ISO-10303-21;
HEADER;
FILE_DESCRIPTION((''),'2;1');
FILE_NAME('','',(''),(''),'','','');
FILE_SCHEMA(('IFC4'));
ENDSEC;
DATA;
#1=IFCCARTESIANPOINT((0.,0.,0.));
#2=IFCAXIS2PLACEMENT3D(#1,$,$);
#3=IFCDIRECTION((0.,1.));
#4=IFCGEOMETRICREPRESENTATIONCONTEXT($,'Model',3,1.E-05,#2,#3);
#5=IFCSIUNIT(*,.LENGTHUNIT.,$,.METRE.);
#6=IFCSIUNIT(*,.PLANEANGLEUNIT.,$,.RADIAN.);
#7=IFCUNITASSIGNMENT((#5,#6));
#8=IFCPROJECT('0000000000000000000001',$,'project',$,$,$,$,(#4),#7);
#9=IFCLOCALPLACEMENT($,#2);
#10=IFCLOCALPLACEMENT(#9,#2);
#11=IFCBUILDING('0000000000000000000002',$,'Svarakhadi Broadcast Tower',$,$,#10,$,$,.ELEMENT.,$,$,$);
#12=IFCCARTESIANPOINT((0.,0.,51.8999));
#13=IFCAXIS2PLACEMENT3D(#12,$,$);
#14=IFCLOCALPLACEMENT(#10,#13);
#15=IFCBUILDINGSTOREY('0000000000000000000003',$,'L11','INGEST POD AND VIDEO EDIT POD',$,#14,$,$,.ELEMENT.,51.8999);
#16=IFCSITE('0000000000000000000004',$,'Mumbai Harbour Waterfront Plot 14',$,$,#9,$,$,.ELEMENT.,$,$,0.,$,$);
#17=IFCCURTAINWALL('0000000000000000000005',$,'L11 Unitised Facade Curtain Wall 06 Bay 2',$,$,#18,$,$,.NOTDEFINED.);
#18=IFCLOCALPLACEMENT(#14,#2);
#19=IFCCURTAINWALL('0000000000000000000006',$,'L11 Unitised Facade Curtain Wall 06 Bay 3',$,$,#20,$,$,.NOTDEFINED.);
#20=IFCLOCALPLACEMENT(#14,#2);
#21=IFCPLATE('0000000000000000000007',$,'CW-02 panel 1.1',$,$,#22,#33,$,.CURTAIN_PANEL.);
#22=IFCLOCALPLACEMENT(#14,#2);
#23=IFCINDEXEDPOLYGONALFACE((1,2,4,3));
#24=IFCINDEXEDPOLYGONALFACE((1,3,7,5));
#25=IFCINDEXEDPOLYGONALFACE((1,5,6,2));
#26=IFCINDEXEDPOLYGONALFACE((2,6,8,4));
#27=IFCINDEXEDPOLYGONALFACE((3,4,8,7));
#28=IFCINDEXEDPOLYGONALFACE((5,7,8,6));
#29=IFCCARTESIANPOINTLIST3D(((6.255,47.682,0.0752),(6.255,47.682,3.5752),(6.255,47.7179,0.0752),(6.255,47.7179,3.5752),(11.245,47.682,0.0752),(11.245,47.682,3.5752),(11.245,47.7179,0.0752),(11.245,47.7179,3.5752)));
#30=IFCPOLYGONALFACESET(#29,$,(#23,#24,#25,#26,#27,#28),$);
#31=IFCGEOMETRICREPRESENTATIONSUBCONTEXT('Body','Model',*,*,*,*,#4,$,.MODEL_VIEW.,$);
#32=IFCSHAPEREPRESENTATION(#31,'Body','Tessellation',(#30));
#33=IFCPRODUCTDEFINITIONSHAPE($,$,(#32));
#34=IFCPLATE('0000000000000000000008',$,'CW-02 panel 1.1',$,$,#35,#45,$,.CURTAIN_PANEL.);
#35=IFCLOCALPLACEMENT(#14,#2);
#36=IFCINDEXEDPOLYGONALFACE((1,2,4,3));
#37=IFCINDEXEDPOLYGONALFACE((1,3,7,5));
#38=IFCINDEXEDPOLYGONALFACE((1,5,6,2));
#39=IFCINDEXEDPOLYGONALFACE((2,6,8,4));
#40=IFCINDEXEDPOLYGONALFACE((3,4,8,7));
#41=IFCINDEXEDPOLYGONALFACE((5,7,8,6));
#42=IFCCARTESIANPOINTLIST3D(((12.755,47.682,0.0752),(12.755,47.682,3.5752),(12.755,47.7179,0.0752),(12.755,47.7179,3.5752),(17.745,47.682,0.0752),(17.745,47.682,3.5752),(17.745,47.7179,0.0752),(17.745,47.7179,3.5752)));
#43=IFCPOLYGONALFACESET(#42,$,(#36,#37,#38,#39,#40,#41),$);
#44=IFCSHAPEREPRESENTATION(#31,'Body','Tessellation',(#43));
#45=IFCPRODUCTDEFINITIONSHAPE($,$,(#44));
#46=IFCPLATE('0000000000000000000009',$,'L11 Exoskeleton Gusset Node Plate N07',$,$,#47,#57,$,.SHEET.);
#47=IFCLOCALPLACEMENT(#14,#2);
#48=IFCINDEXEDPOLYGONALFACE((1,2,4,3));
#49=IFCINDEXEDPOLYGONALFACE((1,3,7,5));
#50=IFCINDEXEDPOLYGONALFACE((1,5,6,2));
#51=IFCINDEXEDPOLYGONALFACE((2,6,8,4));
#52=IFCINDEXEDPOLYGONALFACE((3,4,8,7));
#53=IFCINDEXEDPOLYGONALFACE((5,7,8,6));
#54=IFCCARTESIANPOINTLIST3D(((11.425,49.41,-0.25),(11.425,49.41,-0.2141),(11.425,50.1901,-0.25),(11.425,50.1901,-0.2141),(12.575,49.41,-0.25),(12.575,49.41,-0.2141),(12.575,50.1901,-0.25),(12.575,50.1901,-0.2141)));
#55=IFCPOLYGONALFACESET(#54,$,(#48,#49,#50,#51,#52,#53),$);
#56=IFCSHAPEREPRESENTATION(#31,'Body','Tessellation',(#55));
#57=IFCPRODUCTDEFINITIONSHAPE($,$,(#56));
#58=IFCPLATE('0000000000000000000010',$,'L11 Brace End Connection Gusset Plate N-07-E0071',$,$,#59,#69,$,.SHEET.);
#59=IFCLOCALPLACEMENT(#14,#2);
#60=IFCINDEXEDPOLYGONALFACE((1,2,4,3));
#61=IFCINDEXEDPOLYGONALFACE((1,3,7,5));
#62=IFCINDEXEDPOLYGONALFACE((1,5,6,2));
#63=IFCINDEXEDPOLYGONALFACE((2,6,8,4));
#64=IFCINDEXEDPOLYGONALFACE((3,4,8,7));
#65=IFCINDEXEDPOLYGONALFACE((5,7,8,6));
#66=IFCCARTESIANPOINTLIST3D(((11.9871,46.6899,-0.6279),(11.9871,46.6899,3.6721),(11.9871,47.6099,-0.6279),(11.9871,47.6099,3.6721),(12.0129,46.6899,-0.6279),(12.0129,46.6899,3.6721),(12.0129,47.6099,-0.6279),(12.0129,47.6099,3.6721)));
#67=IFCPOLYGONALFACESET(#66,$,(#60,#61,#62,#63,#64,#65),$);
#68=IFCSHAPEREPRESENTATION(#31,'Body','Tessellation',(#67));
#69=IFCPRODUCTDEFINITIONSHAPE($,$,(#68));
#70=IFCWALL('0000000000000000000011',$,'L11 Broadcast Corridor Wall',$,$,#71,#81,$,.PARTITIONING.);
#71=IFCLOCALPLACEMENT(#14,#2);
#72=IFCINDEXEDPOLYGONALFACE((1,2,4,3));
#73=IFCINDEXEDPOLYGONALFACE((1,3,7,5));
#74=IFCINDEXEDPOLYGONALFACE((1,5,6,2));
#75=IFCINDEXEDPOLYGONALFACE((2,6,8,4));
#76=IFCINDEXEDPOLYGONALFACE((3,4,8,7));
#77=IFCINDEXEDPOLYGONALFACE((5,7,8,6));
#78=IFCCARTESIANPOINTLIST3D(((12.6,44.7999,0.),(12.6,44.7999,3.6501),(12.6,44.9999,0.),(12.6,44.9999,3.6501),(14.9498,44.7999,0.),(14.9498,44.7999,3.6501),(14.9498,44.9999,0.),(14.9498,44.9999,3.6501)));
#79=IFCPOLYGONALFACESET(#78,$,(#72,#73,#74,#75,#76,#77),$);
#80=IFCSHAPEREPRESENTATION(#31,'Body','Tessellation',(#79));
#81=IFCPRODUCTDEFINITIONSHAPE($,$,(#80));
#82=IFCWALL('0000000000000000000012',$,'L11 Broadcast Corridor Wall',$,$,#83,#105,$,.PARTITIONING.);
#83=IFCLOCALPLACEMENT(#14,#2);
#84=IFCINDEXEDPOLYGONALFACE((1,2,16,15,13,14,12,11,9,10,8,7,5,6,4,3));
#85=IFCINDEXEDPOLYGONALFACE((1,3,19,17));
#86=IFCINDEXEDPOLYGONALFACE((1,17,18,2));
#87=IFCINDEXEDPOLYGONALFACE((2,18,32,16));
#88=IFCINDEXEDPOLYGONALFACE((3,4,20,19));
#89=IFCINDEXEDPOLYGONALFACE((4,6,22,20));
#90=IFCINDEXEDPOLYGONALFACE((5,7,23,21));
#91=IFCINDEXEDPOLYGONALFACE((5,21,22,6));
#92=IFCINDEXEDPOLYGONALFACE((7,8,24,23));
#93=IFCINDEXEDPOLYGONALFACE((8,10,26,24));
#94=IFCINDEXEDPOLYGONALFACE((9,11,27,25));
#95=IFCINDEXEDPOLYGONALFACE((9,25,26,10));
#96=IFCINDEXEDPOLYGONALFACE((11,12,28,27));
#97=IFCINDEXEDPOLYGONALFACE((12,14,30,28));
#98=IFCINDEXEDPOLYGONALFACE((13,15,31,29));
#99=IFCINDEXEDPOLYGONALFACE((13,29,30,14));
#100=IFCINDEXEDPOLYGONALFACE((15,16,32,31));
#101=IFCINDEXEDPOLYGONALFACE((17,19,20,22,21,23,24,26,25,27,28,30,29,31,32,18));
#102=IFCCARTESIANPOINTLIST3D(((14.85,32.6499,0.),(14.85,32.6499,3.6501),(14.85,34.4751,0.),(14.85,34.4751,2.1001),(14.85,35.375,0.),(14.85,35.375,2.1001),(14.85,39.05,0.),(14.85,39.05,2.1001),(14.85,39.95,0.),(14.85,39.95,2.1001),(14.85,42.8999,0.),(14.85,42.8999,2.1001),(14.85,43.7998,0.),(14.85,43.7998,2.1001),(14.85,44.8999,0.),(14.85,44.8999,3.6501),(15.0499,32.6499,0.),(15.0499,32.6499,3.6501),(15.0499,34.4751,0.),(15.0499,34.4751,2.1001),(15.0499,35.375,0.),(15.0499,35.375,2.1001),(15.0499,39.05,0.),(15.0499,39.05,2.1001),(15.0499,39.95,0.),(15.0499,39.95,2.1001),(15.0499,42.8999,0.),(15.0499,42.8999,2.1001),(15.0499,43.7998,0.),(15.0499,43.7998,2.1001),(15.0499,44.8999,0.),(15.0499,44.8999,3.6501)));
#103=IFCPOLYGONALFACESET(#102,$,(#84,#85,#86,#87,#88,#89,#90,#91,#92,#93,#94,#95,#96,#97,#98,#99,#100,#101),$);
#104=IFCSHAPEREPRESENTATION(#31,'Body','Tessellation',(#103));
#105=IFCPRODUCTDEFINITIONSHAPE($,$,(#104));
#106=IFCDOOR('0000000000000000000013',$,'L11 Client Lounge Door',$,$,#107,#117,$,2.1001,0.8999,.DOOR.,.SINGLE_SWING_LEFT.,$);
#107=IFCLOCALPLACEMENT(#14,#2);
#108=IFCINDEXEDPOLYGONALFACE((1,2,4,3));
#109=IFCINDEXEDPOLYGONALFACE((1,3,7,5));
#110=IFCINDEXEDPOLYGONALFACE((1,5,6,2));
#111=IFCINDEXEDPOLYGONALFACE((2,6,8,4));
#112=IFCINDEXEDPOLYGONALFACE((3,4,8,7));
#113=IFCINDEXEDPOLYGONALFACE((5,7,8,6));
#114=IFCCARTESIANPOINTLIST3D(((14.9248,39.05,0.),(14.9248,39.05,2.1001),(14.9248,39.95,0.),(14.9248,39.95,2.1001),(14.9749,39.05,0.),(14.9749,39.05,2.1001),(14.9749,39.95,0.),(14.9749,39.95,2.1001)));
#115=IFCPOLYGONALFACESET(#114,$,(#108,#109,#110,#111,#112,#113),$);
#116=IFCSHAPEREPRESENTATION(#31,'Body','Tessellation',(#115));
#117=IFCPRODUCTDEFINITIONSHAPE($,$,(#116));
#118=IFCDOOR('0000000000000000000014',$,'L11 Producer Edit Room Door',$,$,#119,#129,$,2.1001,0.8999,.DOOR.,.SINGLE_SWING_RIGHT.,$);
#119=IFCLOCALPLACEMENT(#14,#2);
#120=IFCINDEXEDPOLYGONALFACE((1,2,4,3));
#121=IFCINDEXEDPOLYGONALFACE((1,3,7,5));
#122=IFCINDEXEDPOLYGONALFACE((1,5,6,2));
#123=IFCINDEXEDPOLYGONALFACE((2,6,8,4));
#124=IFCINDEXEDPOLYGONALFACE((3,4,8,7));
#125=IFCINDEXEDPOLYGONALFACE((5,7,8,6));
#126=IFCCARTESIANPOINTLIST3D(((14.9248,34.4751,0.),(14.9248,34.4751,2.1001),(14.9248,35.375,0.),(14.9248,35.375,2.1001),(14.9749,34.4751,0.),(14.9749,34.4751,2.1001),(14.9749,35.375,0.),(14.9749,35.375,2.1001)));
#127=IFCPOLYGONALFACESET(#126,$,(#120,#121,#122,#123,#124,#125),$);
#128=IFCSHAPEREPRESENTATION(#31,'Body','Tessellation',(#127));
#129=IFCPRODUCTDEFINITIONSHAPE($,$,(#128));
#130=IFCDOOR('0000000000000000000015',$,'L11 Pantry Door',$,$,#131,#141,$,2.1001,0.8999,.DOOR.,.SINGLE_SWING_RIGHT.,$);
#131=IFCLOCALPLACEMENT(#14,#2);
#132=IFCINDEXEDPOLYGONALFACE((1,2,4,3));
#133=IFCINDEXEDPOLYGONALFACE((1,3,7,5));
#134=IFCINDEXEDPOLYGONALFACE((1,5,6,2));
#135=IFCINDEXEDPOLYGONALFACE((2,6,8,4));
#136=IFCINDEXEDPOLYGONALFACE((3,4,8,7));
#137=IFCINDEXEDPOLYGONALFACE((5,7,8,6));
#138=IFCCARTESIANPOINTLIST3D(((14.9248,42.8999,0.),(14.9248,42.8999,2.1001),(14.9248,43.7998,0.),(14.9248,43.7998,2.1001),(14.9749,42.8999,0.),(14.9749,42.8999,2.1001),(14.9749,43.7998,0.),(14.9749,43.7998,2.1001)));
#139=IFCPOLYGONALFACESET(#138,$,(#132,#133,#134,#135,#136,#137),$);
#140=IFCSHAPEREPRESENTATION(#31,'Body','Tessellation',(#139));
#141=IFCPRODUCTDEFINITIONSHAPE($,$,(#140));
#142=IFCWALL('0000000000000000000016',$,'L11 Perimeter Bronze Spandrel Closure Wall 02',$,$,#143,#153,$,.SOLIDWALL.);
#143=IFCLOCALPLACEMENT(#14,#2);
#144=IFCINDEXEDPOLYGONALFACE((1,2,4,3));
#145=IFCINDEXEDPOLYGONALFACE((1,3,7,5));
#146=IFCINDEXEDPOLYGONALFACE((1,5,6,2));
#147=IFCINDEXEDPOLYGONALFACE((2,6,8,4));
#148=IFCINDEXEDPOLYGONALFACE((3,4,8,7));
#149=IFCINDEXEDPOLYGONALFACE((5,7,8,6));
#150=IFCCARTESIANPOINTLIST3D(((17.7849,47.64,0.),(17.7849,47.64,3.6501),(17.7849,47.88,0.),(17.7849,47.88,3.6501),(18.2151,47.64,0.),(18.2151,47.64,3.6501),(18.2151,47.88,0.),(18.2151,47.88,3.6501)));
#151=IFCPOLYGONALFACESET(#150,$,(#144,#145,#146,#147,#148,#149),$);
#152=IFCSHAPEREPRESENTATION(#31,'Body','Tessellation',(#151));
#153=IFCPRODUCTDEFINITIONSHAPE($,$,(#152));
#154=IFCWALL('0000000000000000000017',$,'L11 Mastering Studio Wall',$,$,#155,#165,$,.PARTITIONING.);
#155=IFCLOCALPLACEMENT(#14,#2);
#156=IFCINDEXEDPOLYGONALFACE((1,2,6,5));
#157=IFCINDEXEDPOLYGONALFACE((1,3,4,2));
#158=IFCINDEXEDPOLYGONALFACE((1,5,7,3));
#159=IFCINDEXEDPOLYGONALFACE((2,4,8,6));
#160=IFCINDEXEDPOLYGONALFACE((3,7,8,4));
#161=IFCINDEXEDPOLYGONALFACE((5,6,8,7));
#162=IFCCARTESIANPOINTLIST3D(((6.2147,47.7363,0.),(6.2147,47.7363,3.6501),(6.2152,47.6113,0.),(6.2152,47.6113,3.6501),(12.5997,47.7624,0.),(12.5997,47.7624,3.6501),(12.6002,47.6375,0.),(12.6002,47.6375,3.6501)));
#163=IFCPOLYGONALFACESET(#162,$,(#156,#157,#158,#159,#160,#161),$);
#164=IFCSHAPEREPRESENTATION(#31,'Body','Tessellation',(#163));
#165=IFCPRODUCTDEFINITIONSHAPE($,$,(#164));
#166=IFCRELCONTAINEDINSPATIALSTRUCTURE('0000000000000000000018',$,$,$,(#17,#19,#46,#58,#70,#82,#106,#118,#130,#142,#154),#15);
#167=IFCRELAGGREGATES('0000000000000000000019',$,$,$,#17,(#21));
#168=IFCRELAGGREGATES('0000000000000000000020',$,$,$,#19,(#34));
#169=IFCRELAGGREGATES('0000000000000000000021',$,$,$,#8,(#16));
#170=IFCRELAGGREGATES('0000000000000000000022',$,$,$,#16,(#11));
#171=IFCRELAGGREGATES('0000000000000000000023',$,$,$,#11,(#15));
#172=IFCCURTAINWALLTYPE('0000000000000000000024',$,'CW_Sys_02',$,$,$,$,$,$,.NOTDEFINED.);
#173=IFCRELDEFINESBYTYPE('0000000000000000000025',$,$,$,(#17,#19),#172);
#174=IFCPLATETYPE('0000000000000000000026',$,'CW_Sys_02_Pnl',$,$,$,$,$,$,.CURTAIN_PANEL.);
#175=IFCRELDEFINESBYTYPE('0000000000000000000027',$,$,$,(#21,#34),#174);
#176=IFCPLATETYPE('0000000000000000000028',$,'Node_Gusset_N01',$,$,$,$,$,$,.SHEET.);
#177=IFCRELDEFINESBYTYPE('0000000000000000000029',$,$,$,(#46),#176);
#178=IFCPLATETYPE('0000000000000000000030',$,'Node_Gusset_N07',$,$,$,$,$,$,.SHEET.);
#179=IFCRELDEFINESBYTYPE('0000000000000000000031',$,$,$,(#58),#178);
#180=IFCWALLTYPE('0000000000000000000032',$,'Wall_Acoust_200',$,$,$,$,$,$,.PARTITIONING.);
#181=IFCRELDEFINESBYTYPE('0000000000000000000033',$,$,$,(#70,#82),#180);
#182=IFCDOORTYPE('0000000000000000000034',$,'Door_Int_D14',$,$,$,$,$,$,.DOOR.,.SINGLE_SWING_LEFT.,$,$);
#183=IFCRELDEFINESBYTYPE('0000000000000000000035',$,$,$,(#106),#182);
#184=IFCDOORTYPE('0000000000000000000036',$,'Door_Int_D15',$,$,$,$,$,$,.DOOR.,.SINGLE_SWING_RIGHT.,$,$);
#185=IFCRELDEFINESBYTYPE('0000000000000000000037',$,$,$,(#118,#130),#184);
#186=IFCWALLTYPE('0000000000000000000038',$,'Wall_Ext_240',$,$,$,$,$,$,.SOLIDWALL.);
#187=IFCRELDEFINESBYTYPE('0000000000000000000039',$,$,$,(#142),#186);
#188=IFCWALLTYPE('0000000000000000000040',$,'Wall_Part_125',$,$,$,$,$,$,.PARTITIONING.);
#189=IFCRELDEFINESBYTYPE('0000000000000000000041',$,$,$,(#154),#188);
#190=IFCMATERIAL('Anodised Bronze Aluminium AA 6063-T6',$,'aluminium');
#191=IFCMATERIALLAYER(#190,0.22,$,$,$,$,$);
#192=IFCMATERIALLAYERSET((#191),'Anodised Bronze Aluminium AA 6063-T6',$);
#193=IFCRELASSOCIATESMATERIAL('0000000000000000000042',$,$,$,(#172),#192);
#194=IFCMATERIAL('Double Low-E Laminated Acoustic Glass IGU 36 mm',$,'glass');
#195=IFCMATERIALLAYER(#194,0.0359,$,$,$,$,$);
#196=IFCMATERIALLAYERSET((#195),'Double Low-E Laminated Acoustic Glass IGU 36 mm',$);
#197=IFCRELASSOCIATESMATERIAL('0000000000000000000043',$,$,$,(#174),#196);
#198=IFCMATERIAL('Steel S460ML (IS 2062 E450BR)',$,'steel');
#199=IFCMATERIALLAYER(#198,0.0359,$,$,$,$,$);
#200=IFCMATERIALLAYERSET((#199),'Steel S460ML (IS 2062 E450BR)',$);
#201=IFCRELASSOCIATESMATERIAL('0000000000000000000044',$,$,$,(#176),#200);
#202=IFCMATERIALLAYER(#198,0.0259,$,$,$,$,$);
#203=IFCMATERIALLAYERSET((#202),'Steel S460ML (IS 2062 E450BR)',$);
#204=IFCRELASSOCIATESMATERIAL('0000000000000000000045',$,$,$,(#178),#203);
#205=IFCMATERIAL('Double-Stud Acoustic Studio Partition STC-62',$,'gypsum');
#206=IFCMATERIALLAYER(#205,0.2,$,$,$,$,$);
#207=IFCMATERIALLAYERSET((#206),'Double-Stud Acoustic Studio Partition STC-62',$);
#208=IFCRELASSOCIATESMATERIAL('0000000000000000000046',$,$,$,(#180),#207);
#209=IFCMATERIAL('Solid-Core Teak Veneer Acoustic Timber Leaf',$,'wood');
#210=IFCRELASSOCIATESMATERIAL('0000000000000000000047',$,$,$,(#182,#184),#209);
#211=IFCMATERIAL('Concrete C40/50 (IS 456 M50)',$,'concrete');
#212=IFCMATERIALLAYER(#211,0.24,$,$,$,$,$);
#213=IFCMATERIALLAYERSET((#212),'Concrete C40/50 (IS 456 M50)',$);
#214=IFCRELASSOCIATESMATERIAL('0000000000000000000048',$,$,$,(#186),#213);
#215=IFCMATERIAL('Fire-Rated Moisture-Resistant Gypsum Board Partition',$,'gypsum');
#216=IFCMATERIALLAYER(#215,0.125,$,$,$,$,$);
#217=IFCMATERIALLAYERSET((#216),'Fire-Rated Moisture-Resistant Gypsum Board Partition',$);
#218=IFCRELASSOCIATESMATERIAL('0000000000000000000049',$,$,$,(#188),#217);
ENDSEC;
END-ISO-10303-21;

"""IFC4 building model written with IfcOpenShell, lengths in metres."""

from ifc_helpers import new_model, si_unit, direction, frame, frame_2d, origin, origin_2d, place, context, subcontext, project, spatial, rectangle, extrude, material, layer, layer_set, type_object, element, fill, aggregate, save


model = new_model("IFC4")

# Units and contexts
model_context = context("Model", 3, precision=1e-05, world=origin(), true_north=direction((0.0, 1.0)))
body_context = subcontext(model_context, "Body", "Model", "MODEL_VIEW")
ifc_project = project(units=[si_unit("LENGTHUNIT", "METRE"), si_unit("PLANEANGLEUNIT", "RADIAN")], contexts=[model_context])

# Site, building, storey
site_placement = place(None, origin())
site = spatial("IfcSite", under=ifc_project, at=site_placement, Name="Mumbai Harbour Waterfront Plot 14", CompositionType="ELEMENT", RefElevation=0.0)
building_placement = place(site_placement, origin())
building = spatial("IfcBuilding", under=site, at=building_placement, Name="Svarakhadi Broadcast Tower", CompositionType="ELEMENT")
storey_placement = place(building_placement, frame((0.0, 0.0, 51.8999)))
storey = spatial("IfcBuildingStorey", under=building, at=storey_placement, Name="L11", Description="INGEST POD AND VIDEO EDIT POD", CompositionType="ELEMENT", Elevation=51.8999)

# Shared definitions
ifc_material_1 = material(Name="Steel S460ML (IS 2062 E450BR)", Category="steel")

# Curtain walls
ifc_material_2 = material(Name="Anodised Bronze Aluminium AA 6063-T6", Category="aluminium")
ifc_layer_1 = layer(ifc_material_2, 0.22)
ifc_layer_set_1 = layer_set([ifc_layer_1], Name="Anodised Bronze Aluminium AA 6063-T6")
curtain_wall_type = type_object("IfcCurtainWallType", Name="CW_Sys_02", PredefinedType="NOTDEFINED", material=ifc_layer_set_1)
curtain_wall_1_placement = place(storey_placement, origin())
curtain_wall_1 = element("IfcCurtainWall", 1, at=curtain_wall_1_placement, inside=storey, type_object=curtain_wall_type, Name="L11 Unitised Facade Curtain Wall 06 Bay 2", PredefinedType="NOTDEFINED")
curtain_wall_2_placement = place(storey_placement, origin())
curtain_wall_2 = element("IfcCurtainWall", 2, at=curtain_wall_2_placement, inside=storey, type_object=curtain_wall_type, Name="L11 Unitised Facade Curtain Wall 06 Bay 3", PredefinedType="NOTDEFINED")

# Plates
ifc_material_3 = material(Name="Double Low-E Laminated Acoustic Glass IGU 36 mm", Category="glass")
ifc_layer_2 = layer(ifc_material_3, 0.0359)
ifc_layer_set_2 = layer_set([ifc_layer_2], Name="Double Low-E Laminated Acoustic Glass IGU 36 mm")
plate_type_1 = type_object("IfcPlateType", Name="CW_Sys_02_Pnl", PredefinedType="CURTAIN_PANEL", material=ifc_layer_set_2)
plate_1_placement = place(storey_placement, frame((8.75, 47.7, 0.0752), z_axis=(0.0, 0.0, 1.0), x_axis=(1.0, 0.0, 0.0)))
plate_1 = element("IfcPlate", 3, at=plate_1_placement, type_object=plate_type_1, Name="CW-02 panel 1.1", PredefinedType="CURTAIN_PANEL", context=body_context, shape_type="SweptSolid", body=[
    extrude(rectangle(XDim=4.99, YDim=0.0359, at=origin_2d()), origin(), (0.0, 0.0, 1.0), 3.5),
])
aggregate(curtain_wall_1, [plate_1])
plate_2_placement = place(storey_placement, frame((15.25, 47.7, 0.0752), z_axis=(0.0, 0.0, 1.0), x_axis=(1.0, 0.0, 0.0)))
plate_2 = element("IfcPlate", 4, at=plate_2_placement, type_object=plate_type_1, Name="CW-02 panel 1.1", PredefinedType="CURTAIN_PANEL", context=body_context, shape_type="SweptSolid", body=[
    extrude(rectangle(XDim=4.99, YDim=0.0359, at=origin_2d()), origin(), (0.0, 0.0, 1.0), 3.5),
])
aggregate(curtain_wall_2, [plate_2])

# Plates
ifc_layer_3 = layer(ifc_material_1, 0.0359)
ifc_layer_set_3 = layer_set([ifc_layer_3], Name="Steel S460ML (IS 2062 E450BR)")
plate_type_2 = type_object("IfcPlateType", Name="Node_Gusset_N01", PredefinedType="SHEET", material=ifc_layer_set_3)
plate_3_placement = place(storey_placement, frame((12.0, 49.8, -0.25), z_axis=(0.0, 0.0, 1.0), x_axis=(1.0, 0.0, 0.0)))
element("IfcPlate", 5, at=plate_3_placement, inside=storey, type_object=plate_type_2, Name="L11 Exoskeleton Gusset Node Plate N07", PredefinedType="SHEET", context=body_context, shape_type="SweptSolid", body=[
    extrude(rectangle(XDim=1.1499, YDim=0.78, at=origin_2d()), origin(), (0.0, 0.0, 1.0), 0.0359),
])
ifc_layer_4 = layer(ifc_material_1, 0.0259)
ifc_layer_set_4 = layer_set([ifc_layer_4], Name="Steel S460ML (IS 2062 E450BR)")
plate_type_3 = type_object("IfcPlateType", Name="Node_Gusset_N07", PredefinedType="SHEET", material=ifc_layer_set_4)
plate_4_placement = place(storey_placement, frame((12.0, 47.1499, -0.6279), z_axis=(0.0, 0.0, 1.0), x_axis=(0.0, 1.0, 0.0)))
element("IfcPlate", 6, at=plate_4_placement, inside=storey, type_object=plate_type_3, Name="L11 Brace End Connection Gusset Plate N-07-E0071", PredefinedType="SHEET", context=body_context, shape_type="SweptSolid", body=[
    extrude(rectangle(XDim=0.9199, YDim=0.0259, at=origin_2d()), origin(), (0.0, 0.0, 1.0), 4.3),
])

# Wall
ifc_material_4 = material(Name="Double-Stud Acoustic Studio Partition STC-62", Category="gypsum")
ifc_layer_5 = layer(ifc_material_4, 0.2)
ifc_layer_set_5 = layer_set([ifc_layer_5], Name="Double-Stud Acoustic Studio Partition STC-62")
wall_type_1 = type_object("IfcWallType", Name="Wall_Acoust_200", PredefinedType="PARTITIONING", material=ifc_layer_set_5)
wall_1_placement = place(storey_placement, frame((12.6001, 44.8999, 0.0), z_axis=(0.0, 0.0, 1.0), x_axis=(1.0, 0.0, 0.0)))
element("IfcWall", 7, at=wall_1_placement, inside=storey, type_object=wall_type_1, Name="L11 Broadcast Corridor Wall", PredefinedType="PARTITIONING", context=body_context, shape_type="SweptSolid", body=[
    extrude(rectangle(XDim=2.3499, YDim=0.2, at=frame_2d((1.1748, 0.0))), origin(), (0.0, 0.0, 1.0), 3.6501),
])

# Wall, openings, doors
wall_2_placement = place(storey_placement, frame((14.95, 44.8999, 0.0), z_axis=(0.0, 0.0, 1.0), x_axis=(0.0, -1.0, 0.0)))
wall_2 = element("IfcWall", 8, at=wall_2_placement, inside=storey, type_object=wall_type_1, Name="L11 Broadcast Corridor Wall", PredefinedType="PARTITIONING", context=body_context, shape_type="SweptSolid", body=[
    extrude(rectangle(XDim=12.25, YDim=0.2, at=frame_2d((6.125, 0.0))), origin(), (0.0, 0.0, 1.0), 3.6501),
])
opening_1_placement = place(wall_2_placement, frame((9.5249, 0.0, 0.0)))
opening_1 = element("IfcOpeningElement", 9, at=opening_1_placement, cuts=wall_2, PredefinedType="OPENING", context=body_context, shape_type="SweptSolid", body=[
    extrude(rectangle(XDim=0.8999, YDim=2.1001, at=frame_2d((0.45, 1.05))), frame((0.0, 0.1099, 0.0), z_axis=(0.0, -1.0, 0.0), x_axis=(1.0, 0.0, 0.0)), (0.0, 0.0, 1.0), 0.22),
])
opening_2_placement = place(wall_2_placement, frame((4.95, 0.0, 0.0)))
opening_2 = element("IfcOpeningElement", 10, at=opening_2_placement, cuts=wall_2, PredefinedType="OPENING", context=body_context, shape_type="SweptSolid", body=[
    extrude(rectangle(XDim=0.8999, YDim=2.1001, at=frame_2d((0.45, 1.05))), frame((0.0, 0.1099, 0.0), z_axis=(0.0, -1.0, 0.0), x_axis=(1.0, 0.0, 0.0)), (0.0, 0.0, 1.0), 0.22),
])
opening_3_placement = place(wall_2_placement, frame((1.1001, 0.0, 0.0)))
opening_3 = element("IfcOpeningElement", 11, at=opening_3_placement, cuts=wall_2, PredefinedType="OPENING", context=body_context, shape_type="SweptSolid", body=[
    extrude(rectangle(XDim=0.8999, YDim=2.1001, at=frame_2d((0.45, 1.05))), frame((0.0, 0.1099, 0.0), z_axis=(0.0, -1.0, 0.0), x_axis=(1.0, 0.0, 0.0)), (0.0, 0.0, 1.0), 0.22),
])
ifc_material_5 = material(Name="Solid-Core Teak Veneer Acoustic Timber Leaf", Category="wood")
door_type_1 = type_object("IfcDoorType", Name="Door_Int_D14", OperationType="SINGLE_SWING_LEFT", PredefinedType="DOOR", material=ifc_material_5)
door_1_placement = place(opening_2_placement, origin())
door_1 = element("IfcDoor", 12, at=door_1_placement, inside=storey, type_object=door_type_1, Name="L11 Client Lounge Door", OperationType="SINGLE_SWING_LEFT", OverallHeight=2.1001, OverallWidth=0.8999, PredefinedType="DOOR", context=body_context, shape_type="SweptSolid", body=[
    extrude(rectangle(XDim=0.8999, YDim=2.1001, at=frame_2d((0.45, 1.05))), frame((0.0, 0.0249, 0.0), z_axis=(0.0, -1.0, 0.0), x_axis=(1.0, 0.0, 0.0)), (0.0, 0.0, 1.0), 0.05),
])
fill(opening_2, door_1)
door_type_2 = type_object("IfcDoorType", Name="Door_Int_D15", OperationType="SINGLE_SWING_RIGHT", PredefinedType="DOOR", material=ifc_material_5)
door_2_placement = place(opening_1_placement, origin())
door_2 = element("IfcDoor", 13, at=door_2_placement, inside=storey, type_object=door_type_2, Name="L11 Producer Edit Room Door", OperationType="SINGLE_SWING_RIGHT", OverallHeight=2.1001, OverallWidth=0.8999, PredefinedType="DOOR", context=body_context, shape_type="SweptSolid", body=[
    extrude(rectangle(XDim=0.8999, YDim=2.1001, at=frame_2d((0.45, 1.05))), frame((0.0, 0.0249, 0.0), z_axis=(0.0, -1.0, 0.0), x_axis=(1.0, 0.0, 0.0)), (0.0, 0.0, 1.0), 0.05),
])
fill(opening_1, door_2)
door_3_placement = place(opening_3_placement, origin())
door_3 = element("IfcDoor", 14, at=door_3_placement, inside=storey, type_object=door_type_2, Name="L11 Pantry Door", OperationType="SINGLE_SWING_RIGHT", OverallHeight=2.1001, OverallWidth=0.8999, PredefinedType="DOOR", context=body_context, shape_type="SweptSolid", body=[
    extrude(rectangle(XDim=0.8999, YDim=2.1001, at=frame_2d((0.45, 1.05))), frame((0.0, 0.0249, 0.0), z_axis=(0.0, -1.0, 0.0), x_axis=(1.0, 0.0, 0.0)), (0.0, 0.0, 1.0), 0.05),
])
fill(opening_3, door_3)

# Walls
ifc_material_6 = material(Name="Concrete C40/50 (IS 456 M50)", Category="concrete")
ifc_layer_6 = layer(ifc_material_6, 0.24)
ifc_layer_set_6 = layer_set([ifc_layer_6], Name="Concrete C40/50 (IS 456 M50)")
wall_type_2 = type_object("IfcWallType", Name="Wall_Ext_240", PredefinedType="SOLIDWALL", material=ifc_layer_set_6)
wall_3_placement = place(storey_placement, frame((17.7849, 47.76, 0.0), z_axis=(0.0, 0.0, 1.0), x_axis=(1.0, 0.0, 0.0)))
element("IfcWall", 15, at=wall_3_placement, inside=storey, type_object=wall_type_2, Name="L11 Perimeter Bronze Spandrel Closure Wall 02", PredefinedType="SOLIDWALL", context=body_context, shape_type="SweptSolid", body=[
    extrude(rectangle(XDim=0.4302, YDim=0.24, at=frame_2d((0.2151, 0.0))), origin(), (0.0, 0.0, 1.0), 3.6501),
])
ifc_material_7 = material(Name="Fire-Rated Moisture-Resistant Gypsum Board Partition", Category="gypsum")
ifc_layer_7 = layer(ifc_material_7, 0.125)
ifc_layer_set_7 = layer_set([ifc_layer_7], Name="Fire-Rated Moisture-Resistant Gypsum Board Partition")
wall_type_3 = type_object("IfcWallType", Name="Wall_Part_125", PredefinedType="PARTITIONING", material=ifc_layer_set_7)
wall_4_placement = place(storey_placement, frame((6.2151, 47.6738, 0.0), z_axis=(0.0, 0.0, 1.0), x_axis=(0.999992, 0.004091, 0.0)))
element("IfcWall", 16, at=wall_4_placement, inside=storey, type_object=wall_type_3, Name="L11 Mastering Studio Wall", PredefinedType="PARTITIONING", context=body_context, shape_type="SweptSolid", body=[
    extrude(rectangle(XDim=6.385, YDim=0.125, at=frame_2d((3.1924, 0.0))), origin(), (0.0, 0.0, 1.0), 3.6501),
])

save(model, "model.ifc")
